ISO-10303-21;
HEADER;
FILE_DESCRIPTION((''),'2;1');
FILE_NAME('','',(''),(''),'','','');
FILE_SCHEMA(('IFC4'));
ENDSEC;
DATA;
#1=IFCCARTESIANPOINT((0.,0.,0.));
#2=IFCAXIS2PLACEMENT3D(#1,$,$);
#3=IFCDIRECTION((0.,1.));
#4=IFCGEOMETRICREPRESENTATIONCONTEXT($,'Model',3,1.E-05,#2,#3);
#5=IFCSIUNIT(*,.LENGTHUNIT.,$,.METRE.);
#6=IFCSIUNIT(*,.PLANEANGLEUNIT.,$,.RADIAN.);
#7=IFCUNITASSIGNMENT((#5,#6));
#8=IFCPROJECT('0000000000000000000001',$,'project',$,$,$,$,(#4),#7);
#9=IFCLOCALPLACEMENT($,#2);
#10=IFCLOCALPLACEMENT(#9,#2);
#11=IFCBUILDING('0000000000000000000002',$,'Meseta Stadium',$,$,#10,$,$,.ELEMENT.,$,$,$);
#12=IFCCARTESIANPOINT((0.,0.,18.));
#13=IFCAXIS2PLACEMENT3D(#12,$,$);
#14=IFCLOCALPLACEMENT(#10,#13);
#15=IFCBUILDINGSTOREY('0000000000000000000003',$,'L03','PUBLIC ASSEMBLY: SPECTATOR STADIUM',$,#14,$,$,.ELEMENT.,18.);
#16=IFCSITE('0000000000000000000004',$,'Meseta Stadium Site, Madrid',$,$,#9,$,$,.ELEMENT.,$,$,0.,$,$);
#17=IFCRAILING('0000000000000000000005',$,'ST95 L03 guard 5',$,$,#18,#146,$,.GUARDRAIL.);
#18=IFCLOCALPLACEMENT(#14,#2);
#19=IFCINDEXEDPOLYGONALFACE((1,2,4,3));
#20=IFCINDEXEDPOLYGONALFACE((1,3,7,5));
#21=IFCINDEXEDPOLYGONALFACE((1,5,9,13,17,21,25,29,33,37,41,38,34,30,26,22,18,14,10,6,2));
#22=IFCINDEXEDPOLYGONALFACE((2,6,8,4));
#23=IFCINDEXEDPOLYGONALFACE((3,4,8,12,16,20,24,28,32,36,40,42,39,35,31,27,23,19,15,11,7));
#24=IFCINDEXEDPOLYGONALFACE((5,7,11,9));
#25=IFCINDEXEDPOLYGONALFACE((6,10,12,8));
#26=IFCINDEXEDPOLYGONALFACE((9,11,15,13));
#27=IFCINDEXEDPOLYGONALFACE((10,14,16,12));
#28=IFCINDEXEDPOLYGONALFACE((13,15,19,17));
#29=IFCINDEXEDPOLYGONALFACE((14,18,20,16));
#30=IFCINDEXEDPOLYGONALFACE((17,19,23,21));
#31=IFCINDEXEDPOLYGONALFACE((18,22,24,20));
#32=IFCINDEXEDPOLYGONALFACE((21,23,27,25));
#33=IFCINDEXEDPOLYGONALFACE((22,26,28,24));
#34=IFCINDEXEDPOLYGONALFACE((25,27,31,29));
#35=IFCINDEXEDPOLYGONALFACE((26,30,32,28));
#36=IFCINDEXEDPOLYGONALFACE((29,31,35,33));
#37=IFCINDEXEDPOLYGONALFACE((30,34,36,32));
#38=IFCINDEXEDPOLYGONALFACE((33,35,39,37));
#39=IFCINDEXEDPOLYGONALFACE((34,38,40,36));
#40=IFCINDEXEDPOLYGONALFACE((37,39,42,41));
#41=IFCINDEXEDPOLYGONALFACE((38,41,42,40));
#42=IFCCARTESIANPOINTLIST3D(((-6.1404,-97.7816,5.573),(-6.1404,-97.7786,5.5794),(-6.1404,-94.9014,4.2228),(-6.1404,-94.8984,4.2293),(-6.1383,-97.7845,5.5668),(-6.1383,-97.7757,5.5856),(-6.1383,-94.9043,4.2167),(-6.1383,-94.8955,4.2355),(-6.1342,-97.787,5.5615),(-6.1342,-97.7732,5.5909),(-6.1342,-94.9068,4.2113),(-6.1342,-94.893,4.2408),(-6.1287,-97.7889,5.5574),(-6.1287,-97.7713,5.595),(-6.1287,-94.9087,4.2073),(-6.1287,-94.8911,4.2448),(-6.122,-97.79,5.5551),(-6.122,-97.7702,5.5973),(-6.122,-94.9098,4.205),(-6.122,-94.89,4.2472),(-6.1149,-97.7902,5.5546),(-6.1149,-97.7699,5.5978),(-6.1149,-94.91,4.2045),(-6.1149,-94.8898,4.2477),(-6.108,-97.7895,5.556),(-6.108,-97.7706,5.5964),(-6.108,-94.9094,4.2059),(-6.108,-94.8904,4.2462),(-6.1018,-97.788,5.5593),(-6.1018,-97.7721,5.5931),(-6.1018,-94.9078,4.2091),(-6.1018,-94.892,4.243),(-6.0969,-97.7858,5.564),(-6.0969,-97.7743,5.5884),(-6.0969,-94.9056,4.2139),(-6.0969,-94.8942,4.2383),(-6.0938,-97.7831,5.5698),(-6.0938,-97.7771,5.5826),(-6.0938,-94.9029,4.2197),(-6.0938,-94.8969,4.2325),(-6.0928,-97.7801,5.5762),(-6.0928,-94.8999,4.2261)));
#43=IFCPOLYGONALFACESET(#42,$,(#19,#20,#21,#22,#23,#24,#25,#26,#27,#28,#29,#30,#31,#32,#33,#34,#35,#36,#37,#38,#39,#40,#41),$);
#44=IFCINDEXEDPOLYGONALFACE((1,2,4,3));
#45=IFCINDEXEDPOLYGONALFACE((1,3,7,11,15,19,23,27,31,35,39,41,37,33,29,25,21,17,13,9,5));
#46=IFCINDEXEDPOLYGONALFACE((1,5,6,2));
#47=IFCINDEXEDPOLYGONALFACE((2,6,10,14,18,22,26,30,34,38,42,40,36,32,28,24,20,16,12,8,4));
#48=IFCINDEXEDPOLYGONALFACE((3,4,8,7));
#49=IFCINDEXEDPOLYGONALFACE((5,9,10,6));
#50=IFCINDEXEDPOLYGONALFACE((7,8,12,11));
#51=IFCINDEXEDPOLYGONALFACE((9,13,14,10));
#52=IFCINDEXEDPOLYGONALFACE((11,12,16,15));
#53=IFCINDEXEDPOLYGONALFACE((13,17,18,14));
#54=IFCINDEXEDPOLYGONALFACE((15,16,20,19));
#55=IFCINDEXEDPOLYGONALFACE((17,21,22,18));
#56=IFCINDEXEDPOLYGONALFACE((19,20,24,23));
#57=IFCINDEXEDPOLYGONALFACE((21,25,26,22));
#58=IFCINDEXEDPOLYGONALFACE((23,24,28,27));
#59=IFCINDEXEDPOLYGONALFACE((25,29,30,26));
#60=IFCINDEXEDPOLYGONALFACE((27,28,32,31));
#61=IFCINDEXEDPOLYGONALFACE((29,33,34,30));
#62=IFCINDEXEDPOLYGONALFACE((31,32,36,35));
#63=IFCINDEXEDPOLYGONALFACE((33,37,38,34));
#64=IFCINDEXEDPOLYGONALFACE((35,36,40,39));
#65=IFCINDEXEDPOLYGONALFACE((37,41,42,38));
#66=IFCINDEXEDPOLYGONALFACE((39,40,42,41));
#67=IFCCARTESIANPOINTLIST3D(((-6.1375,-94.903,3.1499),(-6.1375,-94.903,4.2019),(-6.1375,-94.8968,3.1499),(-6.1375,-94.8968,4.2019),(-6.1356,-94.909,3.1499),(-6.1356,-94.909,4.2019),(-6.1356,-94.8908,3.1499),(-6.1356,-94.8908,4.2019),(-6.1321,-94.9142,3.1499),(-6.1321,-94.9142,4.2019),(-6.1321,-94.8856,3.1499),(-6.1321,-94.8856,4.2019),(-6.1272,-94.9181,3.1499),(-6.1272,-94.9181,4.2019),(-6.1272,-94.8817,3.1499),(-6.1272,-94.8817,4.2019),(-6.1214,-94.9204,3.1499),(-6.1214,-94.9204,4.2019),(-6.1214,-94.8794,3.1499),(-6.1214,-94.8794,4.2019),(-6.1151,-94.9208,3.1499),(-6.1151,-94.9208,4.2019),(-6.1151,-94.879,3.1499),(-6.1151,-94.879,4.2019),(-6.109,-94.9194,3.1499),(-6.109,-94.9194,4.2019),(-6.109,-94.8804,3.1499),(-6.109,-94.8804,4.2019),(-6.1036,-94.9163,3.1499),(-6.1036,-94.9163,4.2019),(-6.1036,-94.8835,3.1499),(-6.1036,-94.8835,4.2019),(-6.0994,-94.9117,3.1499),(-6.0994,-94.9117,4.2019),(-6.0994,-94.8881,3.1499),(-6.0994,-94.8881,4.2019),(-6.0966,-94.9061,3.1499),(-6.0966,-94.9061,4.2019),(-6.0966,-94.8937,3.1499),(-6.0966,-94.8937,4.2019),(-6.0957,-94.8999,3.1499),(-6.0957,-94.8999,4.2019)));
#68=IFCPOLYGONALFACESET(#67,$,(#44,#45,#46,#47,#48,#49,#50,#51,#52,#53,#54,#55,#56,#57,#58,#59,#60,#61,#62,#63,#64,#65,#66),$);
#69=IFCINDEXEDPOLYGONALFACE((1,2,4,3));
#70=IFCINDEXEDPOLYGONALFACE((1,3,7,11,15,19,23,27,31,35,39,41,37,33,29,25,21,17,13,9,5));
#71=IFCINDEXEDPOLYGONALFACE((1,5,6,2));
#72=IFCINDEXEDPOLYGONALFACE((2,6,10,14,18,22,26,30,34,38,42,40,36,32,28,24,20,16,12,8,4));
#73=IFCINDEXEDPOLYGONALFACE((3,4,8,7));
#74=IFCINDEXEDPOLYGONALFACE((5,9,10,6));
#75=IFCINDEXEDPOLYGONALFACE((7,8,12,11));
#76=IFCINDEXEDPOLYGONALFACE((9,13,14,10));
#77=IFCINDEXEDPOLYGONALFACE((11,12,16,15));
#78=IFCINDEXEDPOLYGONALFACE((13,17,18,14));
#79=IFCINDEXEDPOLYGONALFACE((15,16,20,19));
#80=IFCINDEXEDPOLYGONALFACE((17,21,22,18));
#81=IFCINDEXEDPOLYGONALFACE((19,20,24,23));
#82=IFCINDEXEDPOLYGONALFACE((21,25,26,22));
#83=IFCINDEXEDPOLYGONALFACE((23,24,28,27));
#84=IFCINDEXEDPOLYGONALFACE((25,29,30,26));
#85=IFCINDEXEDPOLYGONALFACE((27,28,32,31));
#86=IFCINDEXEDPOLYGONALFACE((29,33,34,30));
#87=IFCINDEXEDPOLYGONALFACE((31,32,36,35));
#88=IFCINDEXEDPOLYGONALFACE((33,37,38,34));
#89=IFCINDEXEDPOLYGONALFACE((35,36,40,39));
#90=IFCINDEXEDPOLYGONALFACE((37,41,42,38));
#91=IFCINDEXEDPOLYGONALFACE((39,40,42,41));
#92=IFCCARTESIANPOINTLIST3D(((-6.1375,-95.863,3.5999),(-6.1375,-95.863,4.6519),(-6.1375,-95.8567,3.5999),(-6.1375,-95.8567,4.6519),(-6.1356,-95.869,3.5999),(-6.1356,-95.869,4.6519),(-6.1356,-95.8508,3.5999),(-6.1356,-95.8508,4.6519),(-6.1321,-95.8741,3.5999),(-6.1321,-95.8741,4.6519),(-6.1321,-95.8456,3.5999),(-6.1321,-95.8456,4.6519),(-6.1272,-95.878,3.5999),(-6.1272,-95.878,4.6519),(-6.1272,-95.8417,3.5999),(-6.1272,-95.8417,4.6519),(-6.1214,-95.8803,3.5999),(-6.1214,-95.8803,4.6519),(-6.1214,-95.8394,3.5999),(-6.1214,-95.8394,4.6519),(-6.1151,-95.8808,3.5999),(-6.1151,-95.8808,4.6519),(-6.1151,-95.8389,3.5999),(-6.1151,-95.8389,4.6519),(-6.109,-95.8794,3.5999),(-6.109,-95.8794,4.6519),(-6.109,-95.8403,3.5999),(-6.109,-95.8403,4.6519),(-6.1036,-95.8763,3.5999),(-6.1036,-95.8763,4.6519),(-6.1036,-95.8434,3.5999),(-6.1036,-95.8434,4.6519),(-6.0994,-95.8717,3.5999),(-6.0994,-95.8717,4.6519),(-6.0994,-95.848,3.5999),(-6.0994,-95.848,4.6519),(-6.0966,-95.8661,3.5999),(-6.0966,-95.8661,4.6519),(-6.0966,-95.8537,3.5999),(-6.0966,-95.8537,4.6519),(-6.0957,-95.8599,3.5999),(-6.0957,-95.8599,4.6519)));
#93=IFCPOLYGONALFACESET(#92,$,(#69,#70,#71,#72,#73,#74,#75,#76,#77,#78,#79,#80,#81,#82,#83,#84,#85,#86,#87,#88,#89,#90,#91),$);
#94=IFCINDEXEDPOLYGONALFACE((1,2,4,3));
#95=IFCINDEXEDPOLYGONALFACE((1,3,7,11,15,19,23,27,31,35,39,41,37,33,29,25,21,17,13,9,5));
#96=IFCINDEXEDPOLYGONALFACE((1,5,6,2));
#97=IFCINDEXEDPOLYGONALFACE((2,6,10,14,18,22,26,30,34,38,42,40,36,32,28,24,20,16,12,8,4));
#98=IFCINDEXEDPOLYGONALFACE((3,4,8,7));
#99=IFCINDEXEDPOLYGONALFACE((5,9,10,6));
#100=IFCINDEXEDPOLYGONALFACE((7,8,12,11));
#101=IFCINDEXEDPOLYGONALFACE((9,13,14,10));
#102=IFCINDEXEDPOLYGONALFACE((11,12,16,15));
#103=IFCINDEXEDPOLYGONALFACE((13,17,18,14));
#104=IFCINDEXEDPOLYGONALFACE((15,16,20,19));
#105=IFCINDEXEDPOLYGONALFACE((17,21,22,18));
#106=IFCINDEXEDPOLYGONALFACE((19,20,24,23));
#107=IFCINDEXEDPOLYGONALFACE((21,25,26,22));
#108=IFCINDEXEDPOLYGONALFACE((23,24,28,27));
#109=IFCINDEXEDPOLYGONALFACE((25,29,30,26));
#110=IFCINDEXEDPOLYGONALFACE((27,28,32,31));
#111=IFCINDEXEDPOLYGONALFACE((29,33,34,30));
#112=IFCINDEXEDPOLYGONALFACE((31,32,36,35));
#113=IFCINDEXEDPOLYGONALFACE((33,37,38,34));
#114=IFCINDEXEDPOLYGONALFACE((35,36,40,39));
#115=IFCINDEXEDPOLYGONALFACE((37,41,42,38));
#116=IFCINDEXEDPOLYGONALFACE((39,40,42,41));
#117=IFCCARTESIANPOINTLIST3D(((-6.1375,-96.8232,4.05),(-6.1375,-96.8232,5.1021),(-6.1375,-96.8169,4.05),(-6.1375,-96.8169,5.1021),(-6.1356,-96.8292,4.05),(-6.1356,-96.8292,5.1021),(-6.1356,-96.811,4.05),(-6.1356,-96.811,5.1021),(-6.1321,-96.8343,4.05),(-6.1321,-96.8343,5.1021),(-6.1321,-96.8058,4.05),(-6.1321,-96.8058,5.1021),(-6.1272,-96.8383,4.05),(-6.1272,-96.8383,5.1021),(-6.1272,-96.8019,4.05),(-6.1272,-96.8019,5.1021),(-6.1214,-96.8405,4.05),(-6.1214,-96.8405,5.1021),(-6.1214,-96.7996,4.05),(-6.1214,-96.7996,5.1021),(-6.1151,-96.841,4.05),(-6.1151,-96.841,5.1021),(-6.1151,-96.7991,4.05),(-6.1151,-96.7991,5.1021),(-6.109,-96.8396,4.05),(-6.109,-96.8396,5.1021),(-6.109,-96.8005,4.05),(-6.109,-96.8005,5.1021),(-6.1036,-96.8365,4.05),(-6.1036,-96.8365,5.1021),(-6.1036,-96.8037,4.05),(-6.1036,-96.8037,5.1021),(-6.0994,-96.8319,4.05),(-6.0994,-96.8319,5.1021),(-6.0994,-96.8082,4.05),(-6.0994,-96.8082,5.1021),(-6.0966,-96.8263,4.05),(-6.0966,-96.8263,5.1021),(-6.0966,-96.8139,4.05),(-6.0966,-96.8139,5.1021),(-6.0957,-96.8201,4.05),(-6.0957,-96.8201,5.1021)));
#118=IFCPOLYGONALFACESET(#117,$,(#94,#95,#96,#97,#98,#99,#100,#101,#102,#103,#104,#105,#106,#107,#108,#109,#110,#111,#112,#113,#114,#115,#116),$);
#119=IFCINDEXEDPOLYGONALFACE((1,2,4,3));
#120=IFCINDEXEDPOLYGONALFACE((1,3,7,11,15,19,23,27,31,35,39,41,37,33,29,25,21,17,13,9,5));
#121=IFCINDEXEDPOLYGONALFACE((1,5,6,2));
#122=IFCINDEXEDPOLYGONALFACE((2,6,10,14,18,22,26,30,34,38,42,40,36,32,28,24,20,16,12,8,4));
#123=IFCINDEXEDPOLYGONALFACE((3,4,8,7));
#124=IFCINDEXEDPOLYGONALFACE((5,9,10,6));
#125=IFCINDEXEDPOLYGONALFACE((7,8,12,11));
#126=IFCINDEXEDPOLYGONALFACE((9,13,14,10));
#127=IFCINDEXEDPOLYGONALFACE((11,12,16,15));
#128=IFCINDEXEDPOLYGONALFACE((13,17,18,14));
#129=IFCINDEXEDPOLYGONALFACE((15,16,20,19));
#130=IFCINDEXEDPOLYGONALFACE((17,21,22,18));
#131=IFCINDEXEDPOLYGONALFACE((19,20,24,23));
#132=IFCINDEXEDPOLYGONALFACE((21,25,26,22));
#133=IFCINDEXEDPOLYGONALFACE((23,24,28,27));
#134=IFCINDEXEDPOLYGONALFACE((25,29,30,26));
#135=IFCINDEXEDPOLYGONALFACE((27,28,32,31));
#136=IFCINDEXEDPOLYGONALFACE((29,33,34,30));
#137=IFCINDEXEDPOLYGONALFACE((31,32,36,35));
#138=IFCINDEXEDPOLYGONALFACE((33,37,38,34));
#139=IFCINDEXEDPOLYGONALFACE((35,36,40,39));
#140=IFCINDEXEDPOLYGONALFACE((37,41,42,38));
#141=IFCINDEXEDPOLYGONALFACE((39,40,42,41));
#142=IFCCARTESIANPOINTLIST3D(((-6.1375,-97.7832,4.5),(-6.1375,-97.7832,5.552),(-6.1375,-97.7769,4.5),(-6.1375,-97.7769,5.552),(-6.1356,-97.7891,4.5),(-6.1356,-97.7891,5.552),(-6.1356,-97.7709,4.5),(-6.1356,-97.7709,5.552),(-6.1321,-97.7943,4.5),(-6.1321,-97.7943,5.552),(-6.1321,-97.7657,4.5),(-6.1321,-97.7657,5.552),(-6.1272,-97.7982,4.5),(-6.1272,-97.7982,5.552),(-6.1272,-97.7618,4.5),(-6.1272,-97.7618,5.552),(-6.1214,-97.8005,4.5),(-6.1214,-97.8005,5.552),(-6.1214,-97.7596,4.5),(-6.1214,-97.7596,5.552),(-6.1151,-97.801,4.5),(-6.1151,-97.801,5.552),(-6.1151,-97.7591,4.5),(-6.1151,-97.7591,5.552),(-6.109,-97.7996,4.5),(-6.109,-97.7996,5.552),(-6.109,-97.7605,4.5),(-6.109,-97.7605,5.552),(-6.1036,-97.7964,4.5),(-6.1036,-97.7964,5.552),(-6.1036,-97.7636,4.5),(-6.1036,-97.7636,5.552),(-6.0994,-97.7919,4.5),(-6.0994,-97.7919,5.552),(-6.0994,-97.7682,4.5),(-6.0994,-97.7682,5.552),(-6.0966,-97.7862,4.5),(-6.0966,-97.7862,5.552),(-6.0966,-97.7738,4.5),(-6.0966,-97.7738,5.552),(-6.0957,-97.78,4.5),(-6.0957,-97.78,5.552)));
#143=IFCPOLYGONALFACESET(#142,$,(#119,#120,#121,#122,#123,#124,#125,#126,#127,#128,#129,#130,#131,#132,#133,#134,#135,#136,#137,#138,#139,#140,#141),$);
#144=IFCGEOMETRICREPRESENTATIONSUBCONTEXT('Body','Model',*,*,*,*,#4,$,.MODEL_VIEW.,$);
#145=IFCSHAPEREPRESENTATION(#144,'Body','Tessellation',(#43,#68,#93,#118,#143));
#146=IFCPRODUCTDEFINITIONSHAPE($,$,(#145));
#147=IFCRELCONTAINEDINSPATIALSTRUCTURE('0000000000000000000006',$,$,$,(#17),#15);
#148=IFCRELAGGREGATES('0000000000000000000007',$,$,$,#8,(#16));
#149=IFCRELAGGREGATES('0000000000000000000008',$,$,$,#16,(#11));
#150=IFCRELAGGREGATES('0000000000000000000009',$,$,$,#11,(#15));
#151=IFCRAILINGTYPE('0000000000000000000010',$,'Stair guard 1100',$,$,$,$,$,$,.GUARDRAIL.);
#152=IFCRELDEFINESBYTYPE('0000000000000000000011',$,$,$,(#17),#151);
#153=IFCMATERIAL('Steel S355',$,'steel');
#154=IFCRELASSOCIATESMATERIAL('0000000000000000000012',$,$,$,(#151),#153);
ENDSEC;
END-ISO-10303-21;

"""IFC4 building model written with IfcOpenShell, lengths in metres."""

from ifc_helpers import new_model, si_unit, direction, frame, origin, origin_2d, place, context, subcontext, project, spatial, circle, extrude, material, type_object, element, save


model = new_model("IFC4")

# Units and contexts
model_context = context("Model", 3, precision=1e-05, world=origin(), true_north=direction((0.0, 1.0)))
body_context = subcontext(model_context, "Body", "Model", "MODEL_VIEW")
ifc_project = project(units=[si_unit("LENGTHUNIT", "METRE"), si_unit("PLANEANGLEUNIT", "RADIAN")], contexts=[model_context])

# Site, building, storey
site_placement = place(None, origin())
site = spatial("IfcSite", under=ifc_project, at=site_placement, Name="Meseta Stadium Site, Madrid", CompositionType="ELEMENT", RefElevation=0.0)
building_placement = place(site_placement, origin())
building = spatial("IfcBuilding", under=site, at=building_placement, Name="Meseta Stadium", CompositionType="ELEMENT")
storey_placement = place(building_placement, frame((0.0, 0.0, 18.0)))
storey = spatial("IfcBuildingStorey", under=building, at=storey_placement, Name="L03", Description="PUBLIC ASSEMBLY: SPECTATOR STADIUM", CompositionType="ELEMENT", Elevation=18.0)

# Railing
ifc_material_1 = material(Name="Steel S355", Category="steel")
railing_type_1 = type_object("IfcRailingType", Name="Stair guard 1100", PredefinedType="GUARDRAIL", material=ifc_material_1)
railing_1_placement = place(storey_placement, frame((-6.1167, -94.8999, 3.1499)))
element("IfcRailing", 1, at=railing_1_placement, inside=storey, type_object=railing_type_1, Name="ST95 L03 guard 5", PredefinedType="GUARDRAIL", context=body_context, shape_type="SweptSolid", body=[
    extrude(circle(Radius=0.0239, at=origin_2d()), frame((0.0, 0.0, 1.0762), z_axis=(0.0, -0.905454, 0.424444), x_axis=(1.0, 0.0, 0.0)), (0.0, 0.0, 1.0), 3.1809),
    extrude(circle(Radius=0.021, at=origin_2d()), origin(), (0.0, 0.0, 1.0), 1.052),
    extrude(circle(Radius=0.021, at=origin_2d()), frame((0.0, -0.96, 0.45)), (0.0, 0.0, 1.0), 1.052),
    extrude(circle(Radius=0.021, at=origin_2d()), frame((0.0, -1.9202, 0.9001)), (0.0, 0.0, 1.0), 1.052),
    extrude(circle(Radius=0.021, at=origin_2d()), frame((0.0, -2.8801, 1.3501)), (0.0, 0.0, 1.0), 1.052),
])

save(model, "model.ifc")
